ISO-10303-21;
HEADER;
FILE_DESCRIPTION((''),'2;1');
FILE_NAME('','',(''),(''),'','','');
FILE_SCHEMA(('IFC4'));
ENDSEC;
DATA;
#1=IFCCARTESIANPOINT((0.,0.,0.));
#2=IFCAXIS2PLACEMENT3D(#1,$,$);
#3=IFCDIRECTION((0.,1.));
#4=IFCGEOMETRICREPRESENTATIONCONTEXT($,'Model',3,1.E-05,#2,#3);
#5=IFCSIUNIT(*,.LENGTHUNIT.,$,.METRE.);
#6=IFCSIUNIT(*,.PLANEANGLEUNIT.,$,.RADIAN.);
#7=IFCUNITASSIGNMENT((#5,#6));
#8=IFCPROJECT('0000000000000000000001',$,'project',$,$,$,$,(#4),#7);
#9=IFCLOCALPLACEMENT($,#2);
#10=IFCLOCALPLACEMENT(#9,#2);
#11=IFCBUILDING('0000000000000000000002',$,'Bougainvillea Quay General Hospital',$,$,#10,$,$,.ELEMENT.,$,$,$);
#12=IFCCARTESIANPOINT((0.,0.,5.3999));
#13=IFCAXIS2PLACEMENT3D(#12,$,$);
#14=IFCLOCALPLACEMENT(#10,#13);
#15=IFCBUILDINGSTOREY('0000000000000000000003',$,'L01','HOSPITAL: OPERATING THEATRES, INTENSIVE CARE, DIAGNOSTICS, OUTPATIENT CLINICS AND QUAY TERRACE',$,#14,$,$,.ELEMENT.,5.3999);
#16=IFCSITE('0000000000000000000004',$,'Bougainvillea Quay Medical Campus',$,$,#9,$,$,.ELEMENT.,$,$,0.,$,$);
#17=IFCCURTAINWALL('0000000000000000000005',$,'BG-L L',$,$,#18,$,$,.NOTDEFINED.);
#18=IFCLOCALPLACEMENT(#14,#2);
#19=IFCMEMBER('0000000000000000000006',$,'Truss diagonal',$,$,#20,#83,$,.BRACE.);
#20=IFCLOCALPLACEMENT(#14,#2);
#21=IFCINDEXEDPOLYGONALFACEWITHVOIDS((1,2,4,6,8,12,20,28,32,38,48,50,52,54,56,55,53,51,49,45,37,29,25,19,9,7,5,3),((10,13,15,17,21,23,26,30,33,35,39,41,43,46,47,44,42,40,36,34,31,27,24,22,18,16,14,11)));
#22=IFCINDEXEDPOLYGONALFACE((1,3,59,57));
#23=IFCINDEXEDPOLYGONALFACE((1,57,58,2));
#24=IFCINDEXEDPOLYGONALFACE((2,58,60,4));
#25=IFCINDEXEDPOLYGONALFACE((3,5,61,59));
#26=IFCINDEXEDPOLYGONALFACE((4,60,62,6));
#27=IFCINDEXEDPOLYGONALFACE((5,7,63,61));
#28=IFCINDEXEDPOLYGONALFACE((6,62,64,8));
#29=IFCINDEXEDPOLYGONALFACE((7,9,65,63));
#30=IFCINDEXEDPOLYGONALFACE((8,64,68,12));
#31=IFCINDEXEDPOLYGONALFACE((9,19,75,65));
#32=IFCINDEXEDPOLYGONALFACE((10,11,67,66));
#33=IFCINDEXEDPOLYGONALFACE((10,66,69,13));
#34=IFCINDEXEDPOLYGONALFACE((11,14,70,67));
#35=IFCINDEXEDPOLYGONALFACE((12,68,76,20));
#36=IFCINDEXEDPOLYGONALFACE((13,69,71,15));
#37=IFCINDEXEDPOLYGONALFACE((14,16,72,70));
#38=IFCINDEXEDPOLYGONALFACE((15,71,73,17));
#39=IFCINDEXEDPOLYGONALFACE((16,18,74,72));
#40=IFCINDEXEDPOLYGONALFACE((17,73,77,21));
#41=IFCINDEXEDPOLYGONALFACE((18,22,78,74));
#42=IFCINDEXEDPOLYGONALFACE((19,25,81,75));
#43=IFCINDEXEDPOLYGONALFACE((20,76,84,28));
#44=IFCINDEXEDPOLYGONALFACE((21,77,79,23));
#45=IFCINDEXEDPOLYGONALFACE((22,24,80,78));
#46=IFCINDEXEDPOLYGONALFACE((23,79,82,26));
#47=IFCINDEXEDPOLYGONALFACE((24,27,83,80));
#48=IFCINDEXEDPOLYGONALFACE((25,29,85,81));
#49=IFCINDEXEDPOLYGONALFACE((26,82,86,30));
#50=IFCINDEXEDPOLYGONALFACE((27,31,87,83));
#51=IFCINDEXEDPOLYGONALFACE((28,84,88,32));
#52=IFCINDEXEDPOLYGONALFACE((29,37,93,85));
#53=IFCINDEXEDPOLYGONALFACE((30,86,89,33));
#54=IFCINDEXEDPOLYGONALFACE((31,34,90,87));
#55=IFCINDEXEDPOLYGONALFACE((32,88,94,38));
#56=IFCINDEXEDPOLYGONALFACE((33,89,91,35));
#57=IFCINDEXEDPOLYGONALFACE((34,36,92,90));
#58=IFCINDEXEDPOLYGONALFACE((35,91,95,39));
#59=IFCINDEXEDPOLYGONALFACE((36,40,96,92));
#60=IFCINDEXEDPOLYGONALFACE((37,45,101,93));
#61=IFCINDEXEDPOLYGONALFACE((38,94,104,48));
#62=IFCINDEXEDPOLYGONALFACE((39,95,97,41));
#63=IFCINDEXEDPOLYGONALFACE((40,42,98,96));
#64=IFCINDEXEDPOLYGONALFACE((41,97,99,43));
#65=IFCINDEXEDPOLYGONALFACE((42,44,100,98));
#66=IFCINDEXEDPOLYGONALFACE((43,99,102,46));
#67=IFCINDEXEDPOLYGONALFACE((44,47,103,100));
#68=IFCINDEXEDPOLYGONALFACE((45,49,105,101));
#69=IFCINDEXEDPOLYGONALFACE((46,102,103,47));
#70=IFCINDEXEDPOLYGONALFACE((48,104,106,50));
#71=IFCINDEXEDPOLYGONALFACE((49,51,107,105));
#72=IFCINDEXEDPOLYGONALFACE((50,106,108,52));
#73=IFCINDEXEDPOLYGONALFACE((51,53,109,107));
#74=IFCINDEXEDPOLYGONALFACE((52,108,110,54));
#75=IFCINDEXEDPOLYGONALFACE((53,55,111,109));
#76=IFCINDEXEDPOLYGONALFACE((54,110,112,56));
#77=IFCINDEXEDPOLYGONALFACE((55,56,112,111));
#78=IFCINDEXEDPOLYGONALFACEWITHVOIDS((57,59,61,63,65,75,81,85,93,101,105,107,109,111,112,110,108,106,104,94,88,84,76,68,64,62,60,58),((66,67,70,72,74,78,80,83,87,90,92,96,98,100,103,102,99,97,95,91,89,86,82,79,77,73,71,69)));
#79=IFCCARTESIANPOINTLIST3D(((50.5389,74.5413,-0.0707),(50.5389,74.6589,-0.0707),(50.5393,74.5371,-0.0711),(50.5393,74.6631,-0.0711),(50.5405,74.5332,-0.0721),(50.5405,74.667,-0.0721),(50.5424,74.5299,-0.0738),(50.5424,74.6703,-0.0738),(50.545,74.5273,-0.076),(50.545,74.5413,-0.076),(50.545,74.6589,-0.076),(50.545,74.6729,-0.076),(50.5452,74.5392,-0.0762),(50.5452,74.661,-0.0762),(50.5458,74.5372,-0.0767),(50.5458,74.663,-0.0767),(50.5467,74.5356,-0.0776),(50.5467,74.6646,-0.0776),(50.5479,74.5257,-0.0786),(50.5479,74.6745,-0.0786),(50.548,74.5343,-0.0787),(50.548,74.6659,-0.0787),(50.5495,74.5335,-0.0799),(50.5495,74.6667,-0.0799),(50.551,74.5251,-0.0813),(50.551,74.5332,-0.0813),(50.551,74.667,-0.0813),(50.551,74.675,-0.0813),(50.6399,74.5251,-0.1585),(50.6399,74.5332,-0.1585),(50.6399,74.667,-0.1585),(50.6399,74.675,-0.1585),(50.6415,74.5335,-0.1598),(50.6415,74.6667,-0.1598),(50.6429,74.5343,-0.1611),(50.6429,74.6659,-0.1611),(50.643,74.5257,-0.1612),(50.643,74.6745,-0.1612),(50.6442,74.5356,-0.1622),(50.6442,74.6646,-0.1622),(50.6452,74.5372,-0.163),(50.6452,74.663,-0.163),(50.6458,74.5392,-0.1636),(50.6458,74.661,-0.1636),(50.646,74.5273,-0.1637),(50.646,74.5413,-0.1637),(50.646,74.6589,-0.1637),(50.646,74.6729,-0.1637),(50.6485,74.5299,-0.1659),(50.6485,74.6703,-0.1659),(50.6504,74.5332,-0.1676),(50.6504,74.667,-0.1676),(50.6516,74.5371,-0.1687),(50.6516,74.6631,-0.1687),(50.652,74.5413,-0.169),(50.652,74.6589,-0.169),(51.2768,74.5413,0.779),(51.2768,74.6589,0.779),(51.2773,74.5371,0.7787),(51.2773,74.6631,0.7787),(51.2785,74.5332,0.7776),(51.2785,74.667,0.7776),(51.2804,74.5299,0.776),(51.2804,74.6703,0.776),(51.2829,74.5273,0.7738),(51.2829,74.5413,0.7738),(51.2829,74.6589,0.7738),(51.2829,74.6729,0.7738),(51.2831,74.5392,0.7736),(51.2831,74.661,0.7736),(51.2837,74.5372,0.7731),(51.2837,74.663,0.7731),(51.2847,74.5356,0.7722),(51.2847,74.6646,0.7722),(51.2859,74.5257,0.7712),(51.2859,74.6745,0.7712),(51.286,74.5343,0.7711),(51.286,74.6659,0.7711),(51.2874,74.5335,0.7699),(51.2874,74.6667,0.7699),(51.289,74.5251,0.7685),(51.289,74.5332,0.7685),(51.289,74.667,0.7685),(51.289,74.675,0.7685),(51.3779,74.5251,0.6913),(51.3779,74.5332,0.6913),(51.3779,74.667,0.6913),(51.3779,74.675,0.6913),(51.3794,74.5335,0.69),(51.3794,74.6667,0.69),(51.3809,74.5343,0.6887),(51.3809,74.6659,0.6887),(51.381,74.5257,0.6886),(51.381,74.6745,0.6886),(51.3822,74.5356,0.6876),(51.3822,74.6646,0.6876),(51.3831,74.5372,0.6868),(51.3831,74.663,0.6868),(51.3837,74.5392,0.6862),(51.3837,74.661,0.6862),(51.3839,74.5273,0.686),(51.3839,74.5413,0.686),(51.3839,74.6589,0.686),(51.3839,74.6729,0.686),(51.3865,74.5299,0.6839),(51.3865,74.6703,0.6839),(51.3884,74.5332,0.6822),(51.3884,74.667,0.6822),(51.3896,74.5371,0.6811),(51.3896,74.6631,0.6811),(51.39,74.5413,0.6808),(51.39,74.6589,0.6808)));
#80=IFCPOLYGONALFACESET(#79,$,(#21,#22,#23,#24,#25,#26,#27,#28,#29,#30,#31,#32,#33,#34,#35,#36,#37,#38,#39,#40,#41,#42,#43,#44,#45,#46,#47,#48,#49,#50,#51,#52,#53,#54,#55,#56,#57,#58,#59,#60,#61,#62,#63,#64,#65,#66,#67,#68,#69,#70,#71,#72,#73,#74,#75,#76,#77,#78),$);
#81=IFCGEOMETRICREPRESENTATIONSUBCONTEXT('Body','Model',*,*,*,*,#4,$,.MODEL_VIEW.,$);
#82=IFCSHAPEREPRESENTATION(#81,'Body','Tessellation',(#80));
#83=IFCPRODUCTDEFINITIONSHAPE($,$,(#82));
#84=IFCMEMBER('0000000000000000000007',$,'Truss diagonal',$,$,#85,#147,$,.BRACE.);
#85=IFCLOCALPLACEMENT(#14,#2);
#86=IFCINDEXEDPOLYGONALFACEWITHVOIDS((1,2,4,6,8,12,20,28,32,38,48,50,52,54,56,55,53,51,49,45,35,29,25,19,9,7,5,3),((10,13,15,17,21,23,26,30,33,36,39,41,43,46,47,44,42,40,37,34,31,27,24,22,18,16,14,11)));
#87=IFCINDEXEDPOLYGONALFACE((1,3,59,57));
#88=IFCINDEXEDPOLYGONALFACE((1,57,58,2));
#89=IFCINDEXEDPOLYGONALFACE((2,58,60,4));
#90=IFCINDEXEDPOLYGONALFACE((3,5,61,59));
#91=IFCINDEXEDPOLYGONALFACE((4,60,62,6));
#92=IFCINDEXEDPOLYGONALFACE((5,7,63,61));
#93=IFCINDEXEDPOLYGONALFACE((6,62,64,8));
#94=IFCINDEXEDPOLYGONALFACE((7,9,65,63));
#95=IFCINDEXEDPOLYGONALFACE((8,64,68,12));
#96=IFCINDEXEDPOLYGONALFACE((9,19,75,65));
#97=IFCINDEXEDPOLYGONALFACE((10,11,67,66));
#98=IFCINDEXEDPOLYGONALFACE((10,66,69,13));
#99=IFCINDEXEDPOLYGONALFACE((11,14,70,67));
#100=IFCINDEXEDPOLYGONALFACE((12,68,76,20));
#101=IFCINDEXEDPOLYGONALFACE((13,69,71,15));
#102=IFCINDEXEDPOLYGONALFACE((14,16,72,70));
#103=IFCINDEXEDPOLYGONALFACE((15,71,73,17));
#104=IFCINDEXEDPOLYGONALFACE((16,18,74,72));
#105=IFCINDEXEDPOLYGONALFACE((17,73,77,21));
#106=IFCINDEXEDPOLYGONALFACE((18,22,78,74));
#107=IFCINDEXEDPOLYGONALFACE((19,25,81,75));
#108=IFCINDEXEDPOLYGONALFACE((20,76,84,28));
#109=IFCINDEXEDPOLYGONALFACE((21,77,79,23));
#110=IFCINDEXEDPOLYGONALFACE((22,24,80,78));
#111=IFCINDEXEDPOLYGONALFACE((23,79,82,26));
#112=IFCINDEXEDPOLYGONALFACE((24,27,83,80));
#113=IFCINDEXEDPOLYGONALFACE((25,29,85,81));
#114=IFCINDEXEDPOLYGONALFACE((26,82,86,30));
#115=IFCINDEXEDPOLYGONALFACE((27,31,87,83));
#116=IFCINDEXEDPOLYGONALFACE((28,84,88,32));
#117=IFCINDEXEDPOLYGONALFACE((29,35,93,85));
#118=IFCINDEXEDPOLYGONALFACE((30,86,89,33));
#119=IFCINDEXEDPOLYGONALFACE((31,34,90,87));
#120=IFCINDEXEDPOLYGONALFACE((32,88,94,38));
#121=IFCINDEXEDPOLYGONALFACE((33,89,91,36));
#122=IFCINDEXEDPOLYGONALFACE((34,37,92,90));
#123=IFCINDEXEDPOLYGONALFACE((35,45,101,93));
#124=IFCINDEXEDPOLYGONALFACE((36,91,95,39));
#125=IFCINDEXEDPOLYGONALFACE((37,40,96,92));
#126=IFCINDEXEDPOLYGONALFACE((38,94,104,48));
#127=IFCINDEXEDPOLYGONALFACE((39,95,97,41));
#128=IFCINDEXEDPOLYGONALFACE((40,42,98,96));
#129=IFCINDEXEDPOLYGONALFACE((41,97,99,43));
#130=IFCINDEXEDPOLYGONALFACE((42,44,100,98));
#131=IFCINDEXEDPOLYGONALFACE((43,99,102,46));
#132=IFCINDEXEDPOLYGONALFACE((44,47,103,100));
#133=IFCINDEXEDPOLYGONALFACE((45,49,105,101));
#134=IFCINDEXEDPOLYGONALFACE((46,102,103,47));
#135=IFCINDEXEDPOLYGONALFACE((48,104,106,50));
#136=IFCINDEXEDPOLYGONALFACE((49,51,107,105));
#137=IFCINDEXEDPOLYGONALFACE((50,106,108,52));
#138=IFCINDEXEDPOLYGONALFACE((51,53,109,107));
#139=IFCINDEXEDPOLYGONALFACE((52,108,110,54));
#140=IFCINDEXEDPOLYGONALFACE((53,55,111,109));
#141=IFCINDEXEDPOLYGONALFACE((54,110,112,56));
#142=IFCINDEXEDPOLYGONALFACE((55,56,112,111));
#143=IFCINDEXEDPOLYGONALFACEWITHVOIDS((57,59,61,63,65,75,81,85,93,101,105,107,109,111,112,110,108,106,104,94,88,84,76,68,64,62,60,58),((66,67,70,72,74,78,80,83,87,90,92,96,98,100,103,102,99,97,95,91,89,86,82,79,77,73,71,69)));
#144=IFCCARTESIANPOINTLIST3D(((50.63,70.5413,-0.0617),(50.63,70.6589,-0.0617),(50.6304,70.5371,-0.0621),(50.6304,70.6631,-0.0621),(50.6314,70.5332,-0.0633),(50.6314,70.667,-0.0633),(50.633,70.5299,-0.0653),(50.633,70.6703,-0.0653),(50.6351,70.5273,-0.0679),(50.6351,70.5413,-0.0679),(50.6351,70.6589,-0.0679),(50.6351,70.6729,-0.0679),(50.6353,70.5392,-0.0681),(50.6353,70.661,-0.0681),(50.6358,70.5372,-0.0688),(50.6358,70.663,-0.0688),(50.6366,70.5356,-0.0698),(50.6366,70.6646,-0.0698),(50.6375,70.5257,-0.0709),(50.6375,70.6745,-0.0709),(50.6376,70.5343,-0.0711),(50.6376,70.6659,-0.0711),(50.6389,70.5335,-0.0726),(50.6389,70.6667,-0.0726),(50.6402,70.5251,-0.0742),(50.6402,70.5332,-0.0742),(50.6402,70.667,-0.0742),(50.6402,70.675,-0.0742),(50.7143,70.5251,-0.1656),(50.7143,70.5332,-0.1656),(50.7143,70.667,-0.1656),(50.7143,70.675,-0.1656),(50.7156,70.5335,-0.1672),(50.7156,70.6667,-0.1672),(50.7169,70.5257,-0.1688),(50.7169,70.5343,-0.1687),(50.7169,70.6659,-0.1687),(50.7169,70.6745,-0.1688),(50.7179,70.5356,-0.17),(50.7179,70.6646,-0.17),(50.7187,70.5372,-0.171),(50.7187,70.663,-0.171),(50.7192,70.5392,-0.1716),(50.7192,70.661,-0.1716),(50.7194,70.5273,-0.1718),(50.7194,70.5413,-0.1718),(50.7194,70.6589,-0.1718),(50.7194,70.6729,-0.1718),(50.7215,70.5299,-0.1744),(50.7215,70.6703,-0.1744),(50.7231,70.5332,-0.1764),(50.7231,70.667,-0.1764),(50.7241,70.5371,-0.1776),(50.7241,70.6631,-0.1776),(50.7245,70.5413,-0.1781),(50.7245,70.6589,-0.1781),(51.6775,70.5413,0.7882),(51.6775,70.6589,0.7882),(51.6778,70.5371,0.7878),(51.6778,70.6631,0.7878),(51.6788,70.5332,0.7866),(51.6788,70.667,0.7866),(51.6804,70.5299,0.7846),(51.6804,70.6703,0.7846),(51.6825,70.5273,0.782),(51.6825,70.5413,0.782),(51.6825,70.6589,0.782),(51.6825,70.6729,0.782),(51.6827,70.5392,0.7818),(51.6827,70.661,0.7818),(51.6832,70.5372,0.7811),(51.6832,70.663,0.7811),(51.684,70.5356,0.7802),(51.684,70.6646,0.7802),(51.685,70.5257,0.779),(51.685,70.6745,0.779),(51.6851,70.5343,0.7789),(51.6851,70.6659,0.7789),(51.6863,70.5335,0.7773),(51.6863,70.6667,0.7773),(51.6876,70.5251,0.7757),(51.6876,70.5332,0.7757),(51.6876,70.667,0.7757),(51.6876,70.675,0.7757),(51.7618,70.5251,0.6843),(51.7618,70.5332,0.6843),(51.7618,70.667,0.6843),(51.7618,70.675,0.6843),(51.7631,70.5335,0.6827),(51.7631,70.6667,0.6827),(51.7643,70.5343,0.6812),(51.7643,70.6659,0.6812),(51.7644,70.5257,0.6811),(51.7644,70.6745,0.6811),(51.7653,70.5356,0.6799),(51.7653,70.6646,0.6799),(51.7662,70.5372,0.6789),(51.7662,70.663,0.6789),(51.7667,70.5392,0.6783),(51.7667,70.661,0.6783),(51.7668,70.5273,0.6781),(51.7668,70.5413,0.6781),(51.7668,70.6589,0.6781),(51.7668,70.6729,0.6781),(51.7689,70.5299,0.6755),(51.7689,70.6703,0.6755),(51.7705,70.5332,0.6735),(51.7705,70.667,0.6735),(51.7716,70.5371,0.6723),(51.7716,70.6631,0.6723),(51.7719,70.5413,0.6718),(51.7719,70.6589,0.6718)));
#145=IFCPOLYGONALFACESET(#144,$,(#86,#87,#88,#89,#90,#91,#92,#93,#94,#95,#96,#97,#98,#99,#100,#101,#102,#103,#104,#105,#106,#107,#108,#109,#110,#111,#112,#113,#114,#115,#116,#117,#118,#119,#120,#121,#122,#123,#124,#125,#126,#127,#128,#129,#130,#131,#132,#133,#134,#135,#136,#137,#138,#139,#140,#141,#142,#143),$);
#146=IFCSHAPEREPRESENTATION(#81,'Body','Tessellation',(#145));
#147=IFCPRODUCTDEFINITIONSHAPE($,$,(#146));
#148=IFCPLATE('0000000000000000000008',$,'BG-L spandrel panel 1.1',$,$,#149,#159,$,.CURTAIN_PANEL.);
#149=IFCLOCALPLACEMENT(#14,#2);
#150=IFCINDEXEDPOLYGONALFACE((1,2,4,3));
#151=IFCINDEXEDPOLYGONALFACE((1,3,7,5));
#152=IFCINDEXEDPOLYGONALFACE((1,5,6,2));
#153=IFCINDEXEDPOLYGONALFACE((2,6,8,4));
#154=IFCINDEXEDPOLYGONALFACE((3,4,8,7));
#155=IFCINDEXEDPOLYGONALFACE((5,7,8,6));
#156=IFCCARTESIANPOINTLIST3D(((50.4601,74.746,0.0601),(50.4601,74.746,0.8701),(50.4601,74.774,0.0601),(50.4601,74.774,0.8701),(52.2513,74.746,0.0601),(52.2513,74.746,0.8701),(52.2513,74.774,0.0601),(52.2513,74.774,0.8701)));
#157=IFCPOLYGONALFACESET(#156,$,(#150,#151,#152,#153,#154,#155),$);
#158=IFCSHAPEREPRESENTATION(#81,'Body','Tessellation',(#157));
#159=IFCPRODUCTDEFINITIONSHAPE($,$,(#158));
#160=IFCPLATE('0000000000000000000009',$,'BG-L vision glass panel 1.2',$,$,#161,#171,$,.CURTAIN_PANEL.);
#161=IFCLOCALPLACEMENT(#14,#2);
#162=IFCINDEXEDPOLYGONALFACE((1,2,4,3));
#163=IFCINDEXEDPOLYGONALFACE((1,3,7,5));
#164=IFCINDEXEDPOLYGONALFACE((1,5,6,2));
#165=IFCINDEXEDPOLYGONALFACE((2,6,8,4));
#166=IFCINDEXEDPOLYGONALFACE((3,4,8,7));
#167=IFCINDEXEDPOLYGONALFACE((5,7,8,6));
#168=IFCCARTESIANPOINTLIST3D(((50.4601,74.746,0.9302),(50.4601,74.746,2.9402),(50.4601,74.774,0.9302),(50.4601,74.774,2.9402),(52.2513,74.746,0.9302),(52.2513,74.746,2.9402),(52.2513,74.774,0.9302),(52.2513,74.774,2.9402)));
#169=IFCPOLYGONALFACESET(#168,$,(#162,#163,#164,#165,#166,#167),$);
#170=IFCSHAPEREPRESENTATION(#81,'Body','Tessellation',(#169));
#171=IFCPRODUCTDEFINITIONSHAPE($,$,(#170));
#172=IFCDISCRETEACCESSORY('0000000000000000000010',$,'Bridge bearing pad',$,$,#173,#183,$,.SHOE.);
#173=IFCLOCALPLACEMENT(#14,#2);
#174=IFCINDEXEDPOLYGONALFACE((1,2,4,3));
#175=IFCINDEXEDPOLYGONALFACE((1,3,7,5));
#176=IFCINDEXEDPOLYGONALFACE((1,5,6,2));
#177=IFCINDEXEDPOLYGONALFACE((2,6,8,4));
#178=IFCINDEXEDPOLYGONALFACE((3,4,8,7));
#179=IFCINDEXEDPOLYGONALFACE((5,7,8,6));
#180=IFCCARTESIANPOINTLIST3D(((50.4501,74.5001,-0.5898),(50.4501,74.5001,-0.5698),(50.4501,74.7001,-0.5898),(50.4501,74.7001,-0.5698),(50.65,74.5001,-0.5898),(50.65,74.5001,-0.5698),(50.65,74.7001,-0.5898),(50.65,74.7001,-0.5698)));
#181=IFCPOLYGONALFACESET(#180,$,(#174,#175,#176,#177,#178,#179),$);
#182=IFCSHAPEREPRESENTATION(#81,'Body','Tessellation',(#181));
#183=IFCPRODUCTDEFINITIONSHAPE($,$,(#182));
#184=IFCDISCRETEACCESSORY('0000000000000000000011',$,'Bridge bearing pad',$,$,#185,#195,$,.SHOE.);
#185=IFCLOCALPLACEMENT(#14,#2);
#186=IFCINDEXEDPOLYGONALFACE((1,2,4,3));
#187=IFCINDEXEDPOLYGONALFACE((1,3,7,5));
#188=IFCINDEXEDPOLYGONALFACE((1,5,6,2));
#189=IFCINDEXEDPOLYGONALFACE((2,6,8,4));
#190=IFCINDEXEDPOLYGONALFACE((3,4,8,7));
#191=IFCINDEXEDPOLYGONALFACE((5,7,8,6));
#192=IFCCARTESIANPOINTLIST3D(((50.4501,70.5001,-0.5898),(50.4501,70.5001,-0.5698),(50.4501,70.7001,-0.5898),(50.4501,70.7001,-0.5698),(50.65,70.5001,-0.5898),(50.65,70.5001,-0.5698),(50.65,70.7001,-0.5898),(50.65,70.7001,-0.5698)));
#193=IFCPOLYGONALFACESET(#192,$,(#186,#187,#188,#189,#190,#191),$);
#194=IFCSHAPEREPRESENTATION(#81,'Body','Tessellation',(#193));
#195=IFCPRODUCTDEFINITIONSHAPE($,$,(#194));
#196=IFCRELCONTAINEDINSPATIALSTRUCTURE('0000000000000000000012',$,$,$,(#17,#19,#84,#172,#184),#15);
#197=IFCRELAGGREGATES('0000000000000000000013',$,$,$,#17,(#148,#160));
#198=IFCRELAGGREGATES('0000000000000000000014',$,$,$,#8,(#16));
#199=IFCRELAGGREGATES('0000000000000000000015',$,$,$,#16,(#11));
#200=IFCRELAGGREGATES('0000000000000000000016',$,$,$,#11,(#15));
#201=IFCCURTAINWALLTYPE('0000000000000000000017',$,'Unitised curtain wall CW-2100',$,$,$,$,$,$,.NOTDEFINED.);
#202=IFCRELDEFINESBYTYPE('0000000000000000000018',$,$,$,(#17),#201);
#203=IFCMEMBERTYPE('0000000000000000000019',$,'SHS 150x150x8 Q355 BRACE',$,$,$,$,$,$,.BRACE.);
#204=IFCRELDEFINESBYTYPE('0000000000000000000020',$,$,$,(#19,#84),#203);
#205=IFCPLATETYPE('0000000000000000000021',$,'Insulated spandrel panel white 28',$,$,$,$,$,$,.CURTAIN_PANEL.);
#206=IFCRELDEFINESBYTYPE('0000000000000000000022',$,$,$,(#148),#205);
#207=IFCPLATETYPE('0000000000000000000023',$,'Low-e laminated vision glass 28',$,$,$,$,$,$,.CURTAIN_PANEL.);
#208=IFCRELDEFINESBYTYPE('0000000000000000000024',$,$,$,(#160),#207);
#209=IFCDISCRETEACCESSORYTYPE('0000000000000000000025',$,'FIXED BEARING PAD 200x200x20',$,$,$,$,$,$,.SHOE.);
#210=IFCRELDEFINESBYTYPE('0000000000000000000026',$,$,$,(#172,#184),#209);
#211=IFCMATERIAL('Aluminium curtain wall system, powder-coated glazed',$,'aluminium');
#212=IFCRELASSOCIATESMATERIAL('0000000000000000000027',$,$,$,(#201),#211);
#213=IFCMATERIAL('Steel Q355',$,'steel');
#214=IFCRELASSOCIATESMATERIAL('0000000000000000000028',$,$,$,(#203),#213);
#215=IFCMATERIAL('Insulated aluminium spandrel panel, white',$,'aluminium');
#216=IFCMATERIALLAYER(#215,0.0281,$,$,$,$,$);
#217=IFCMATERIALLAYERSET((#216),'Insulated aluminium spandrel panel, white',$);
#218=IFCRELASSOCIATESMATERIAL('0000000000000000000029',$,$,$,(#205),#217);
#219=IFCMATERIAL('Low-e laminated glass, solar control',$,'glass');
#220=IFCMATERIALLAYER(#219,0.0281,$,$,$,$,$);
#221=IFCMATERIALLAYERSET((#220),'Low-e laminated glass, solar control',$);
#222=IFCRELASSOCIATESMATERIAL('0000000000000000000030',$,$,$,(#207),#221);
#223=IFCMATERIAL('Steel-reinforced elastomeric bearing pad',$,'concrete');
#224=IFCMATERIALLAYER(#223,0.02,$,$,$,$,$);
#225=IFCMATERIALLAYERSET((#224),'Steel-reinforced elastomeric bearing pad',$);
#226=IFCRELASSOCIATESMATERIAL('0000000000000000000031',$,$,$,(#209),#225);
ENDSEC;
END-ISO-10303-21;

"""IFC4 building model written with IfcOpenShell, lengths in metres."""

from ifc_helpers import new_model, si_unit, direction, frame, origin, origin_2d, place, context, subcontext, project, spatial, rectangle, hollow_rectangle, extrude, material, layer, layer_set, material_profile, profile_set, type_object, element, aggregate, save


model = new_model("IFC4")

# Units and contexts
model_context = context("Model", 3, precision=1e-05, world=origin(), true_north=direction((0.0, 1.0)))
body_context = subcontext(model_context, "Body", "Model", "MODEL_VIEW")
ifc_project = project(units=[si_unit("LENGTHUNIT", "METRE"), si_unit("PLANEANGLEUNIT", "RADIAN")], contexts=[model_context])

# Site, building, storey
site_placement = place(None, origin())
site = spatial("IfcSite", under=ifc_project, at=site_placement, Name="Bougainvillea Quay Medical Campus", CompositionType="ELEMENT", RefElevation=0.0)
building_placement = place(site_placement, origin())
building = spatial("IfcBuilding", under=site, at=building_placement, Name="Bougainvillea Quay General Hospital", CompositionType="ELEMENT")
storey_placement = place(building_placement, frame((0.0, 0.0, 5.3999)))
storey = spatial("IfcBuildingStorey", under=building, at=storey_placement, Name="L01", Description="HOSPITAL: OPERATING THEATRES, INTENSIVE CARE, DIAGNOSTICS, OUTPATIENT CLINICS AND QUAY TERRACE", CompositionType="ELEMENT", Elevation=5.3999)

# Curtain wall
ifc_material_1 = material(Name="Aluminium curtain wall system, powder-coated glazed", Category="aluminium")
curtain_wall_type = type_object("IfcCurtainWallType", Name="Unitised curtain wall CW-2100", PredefinedType="NOTDEFINED", material=ifc_material_1)
curtain_wall_1_placement = place(storey_placement, origin())
curtain_wall_1 = element("IfcCurtainWall", 1, at=curtain_wall_1_placement, inside=storey, type_object=curtain_wall_type, Name="BG-L L", PredefinedType="NOTDEFINED")

# Shared definitions
ifc_material_2 = material(Name="Steel Q355", Category="steel")

# Members
ifc_material_profile_1 = material_profile(ifc_material_2, hollow_rectangle(XDim=0.1499, YDim=0.1499, WallThickness=0.0081, InnerFilletRadius=0.0081, OuterFilletRadius=0.0161, at=origin_2d()))
ifc_profile_set_1 = profile_set([ifc_material_profile_1], Name="Steel Q355")
member_type_1 = type_object("IfcMemberType", Name="SHS 150x150x8 Q355 BRACE", PredefinedType="BRACE", material=ifc_profile_set_1)
member_1_placement = place(storey_placement, frame((50.5955, 74.6001, -0.1199), z_axis=(0.65569, 0.0, 0.75503), x_axis=(0.0, 1.0, 0.0)))
element("IfcMember", 2, at=member_1_placement, inside=storey, type_object=member_type_1, Name="Truss diagonal", PredefinedType="BRACE", context=body_context, shape_type="SweptSolid", body=[
    extrude(hollow_rectangle(XDim=0.1499, YDim=0.1499, WallThickness=0.0081, InnerFilletRadius=0.0081, OuterFilletRadius=0.0161, at=origin_2d()), origin(), (0.0, 0.0, 1.0), 1.1255),
])
member_2_placement = place(storey_placement, frame((50.6772, 70.6001, -0.1199), z_axis=(0.776524, 0.0, 0.630088), x_axis=(0.0, 1.0, 0.0)))
element("IfcMember", 3, at=member_2_placement, inside=storey, type_object=member_type_1, Name="Truss diagonal", PredefinedType="BRACE", context=body_context, shape_type="SweptSolid", body=[
    extrude(hollow_rectangle(XDim=0.1499, YDim=0.1499, WallThickness=0.0081, InnerFilletRadius=0.0081, OuterFilletRadius=0.0161, at=origin_2d()), origin(), (0.0, 0.0, 1.0), 1.3489),
])

# Plates
ifc_material_3 = material(Name="Insulated aluminium spandrel panel, white", Category="aluminium")
ifc_layer_1 = layer(ifc_material_3, 0.0281)
ifc_layer_set_1 = layer_set([ifc_layer_1], Name="Insulated aluminium spandrel panel, white")
plate_type_1 = type_object("IfcPlateType", Name="Insulated spandrel panel white 28", PredefinedType="CURTAIN_PANEL", material=ifc_layer_set_1)
plate_1_placement = place(storey_placement, frame((51.3557, 74.76, 0.0601), z_axis=(0.0, 0.0, 1.0), x_axis=(1.0, 0.0, 0.0)))
plate_1 = element("IfcPlate", 4, at=plate_1_placement, type_object=plate_type_1, Name="BG-L spandrel panel 1.1", PredefinedType="CURTAIN_PANEL", context=body_context, shape_type="SweptSolid", body=[
    extrude(rectangle(XDim=1.7913, YDim=0.0281, at=origin_2d()), origin(), (0.0, 0.0, 1.0), 0.8101),
])
ifc_material_4 = material(Name="Low-e laminated glass, solar control", Category="glass")
ifc_layer_2 = layer(ifc_material_4, 0.0281)
ifc_layer_set_2 = layer_set([ifc_layer_2], Name="Low-e laminated glass, solar control")
plate_type_2 = type_object("IfcPlateType", Name="Low-e laminated vision glass 28", PredefinedType="CURTAIN_PANEL", material=ifc_layer_set_2)
plate_2_placement = place(storey_placement, frame((51.3557, 74.76, 0.9302), z_axis=(0.0, 0.0, 1.0), x_axis=(1.0, 0.0, 0.0)))
plate_2 = element("IfcPlate", 5, at=plate_2_placement, type_object=plate_type_2, Name="BG-L vision glass panel 1.2", PredefinedType="CURTAIN_PANEL", context=body_context, shape_type="SweptSolid", body=[
    extrude(rectangle(XDim=1.7913, YDim=0.0281, at=origin_2d()), origin(), (0.0, 0.0, 1.0), 2.01),
])
aggregate(curtain_wall_1, [plate_1, plate_2])

# Discrete accessories
ifc_material_5 = material(Name="Steel-reinforced elastomeric bearing pad", Category="concrete")
ifc_layer_3 = layer(ifc_material_5, 0.02)
ifc_layer_set_3 = layer_set([ifc_layer_3], Name="Steel-reinforced elastomeric bearing pad")
discrete_accessory_type_1 = type_object("IfcDiscreteAccessoryType", Name="FIXED BEARING PAD 200x200x20", PredefinedType="SHOE", material=ifc_layer_set_3)
for number, where, z_axis, x_axis, name in (
    (6, (50.55, 74.6001, -0.5898), (0.0, 0.0, 1.0), (1.0, 0.0, 0.0), "Bridge bearing pad"),
    (7, (50.55, 70.6001, -0.5898), (0.0, 0.0, 1.0), (1.0, 0.0, 0.0), "Bridge bearing pad"),
):
    element("IfcDiscreteAccessory", number, at=place(storey_placement, frame(where, z_axis=z_axis, x_axis=x_axis)), inside=storey, type_object=discrete_accessory_type_1, Name=name, PredefinedType="SHOE", context=body_context, shape_type="SweptSolid", body=[
        extrude(rectangle(XDim=0.2, YDim=0.2, at=origin_2d()), origin(), (0.0, 0.0, 1.0), 0.02),
    ])

save(model, "model.ifc")
